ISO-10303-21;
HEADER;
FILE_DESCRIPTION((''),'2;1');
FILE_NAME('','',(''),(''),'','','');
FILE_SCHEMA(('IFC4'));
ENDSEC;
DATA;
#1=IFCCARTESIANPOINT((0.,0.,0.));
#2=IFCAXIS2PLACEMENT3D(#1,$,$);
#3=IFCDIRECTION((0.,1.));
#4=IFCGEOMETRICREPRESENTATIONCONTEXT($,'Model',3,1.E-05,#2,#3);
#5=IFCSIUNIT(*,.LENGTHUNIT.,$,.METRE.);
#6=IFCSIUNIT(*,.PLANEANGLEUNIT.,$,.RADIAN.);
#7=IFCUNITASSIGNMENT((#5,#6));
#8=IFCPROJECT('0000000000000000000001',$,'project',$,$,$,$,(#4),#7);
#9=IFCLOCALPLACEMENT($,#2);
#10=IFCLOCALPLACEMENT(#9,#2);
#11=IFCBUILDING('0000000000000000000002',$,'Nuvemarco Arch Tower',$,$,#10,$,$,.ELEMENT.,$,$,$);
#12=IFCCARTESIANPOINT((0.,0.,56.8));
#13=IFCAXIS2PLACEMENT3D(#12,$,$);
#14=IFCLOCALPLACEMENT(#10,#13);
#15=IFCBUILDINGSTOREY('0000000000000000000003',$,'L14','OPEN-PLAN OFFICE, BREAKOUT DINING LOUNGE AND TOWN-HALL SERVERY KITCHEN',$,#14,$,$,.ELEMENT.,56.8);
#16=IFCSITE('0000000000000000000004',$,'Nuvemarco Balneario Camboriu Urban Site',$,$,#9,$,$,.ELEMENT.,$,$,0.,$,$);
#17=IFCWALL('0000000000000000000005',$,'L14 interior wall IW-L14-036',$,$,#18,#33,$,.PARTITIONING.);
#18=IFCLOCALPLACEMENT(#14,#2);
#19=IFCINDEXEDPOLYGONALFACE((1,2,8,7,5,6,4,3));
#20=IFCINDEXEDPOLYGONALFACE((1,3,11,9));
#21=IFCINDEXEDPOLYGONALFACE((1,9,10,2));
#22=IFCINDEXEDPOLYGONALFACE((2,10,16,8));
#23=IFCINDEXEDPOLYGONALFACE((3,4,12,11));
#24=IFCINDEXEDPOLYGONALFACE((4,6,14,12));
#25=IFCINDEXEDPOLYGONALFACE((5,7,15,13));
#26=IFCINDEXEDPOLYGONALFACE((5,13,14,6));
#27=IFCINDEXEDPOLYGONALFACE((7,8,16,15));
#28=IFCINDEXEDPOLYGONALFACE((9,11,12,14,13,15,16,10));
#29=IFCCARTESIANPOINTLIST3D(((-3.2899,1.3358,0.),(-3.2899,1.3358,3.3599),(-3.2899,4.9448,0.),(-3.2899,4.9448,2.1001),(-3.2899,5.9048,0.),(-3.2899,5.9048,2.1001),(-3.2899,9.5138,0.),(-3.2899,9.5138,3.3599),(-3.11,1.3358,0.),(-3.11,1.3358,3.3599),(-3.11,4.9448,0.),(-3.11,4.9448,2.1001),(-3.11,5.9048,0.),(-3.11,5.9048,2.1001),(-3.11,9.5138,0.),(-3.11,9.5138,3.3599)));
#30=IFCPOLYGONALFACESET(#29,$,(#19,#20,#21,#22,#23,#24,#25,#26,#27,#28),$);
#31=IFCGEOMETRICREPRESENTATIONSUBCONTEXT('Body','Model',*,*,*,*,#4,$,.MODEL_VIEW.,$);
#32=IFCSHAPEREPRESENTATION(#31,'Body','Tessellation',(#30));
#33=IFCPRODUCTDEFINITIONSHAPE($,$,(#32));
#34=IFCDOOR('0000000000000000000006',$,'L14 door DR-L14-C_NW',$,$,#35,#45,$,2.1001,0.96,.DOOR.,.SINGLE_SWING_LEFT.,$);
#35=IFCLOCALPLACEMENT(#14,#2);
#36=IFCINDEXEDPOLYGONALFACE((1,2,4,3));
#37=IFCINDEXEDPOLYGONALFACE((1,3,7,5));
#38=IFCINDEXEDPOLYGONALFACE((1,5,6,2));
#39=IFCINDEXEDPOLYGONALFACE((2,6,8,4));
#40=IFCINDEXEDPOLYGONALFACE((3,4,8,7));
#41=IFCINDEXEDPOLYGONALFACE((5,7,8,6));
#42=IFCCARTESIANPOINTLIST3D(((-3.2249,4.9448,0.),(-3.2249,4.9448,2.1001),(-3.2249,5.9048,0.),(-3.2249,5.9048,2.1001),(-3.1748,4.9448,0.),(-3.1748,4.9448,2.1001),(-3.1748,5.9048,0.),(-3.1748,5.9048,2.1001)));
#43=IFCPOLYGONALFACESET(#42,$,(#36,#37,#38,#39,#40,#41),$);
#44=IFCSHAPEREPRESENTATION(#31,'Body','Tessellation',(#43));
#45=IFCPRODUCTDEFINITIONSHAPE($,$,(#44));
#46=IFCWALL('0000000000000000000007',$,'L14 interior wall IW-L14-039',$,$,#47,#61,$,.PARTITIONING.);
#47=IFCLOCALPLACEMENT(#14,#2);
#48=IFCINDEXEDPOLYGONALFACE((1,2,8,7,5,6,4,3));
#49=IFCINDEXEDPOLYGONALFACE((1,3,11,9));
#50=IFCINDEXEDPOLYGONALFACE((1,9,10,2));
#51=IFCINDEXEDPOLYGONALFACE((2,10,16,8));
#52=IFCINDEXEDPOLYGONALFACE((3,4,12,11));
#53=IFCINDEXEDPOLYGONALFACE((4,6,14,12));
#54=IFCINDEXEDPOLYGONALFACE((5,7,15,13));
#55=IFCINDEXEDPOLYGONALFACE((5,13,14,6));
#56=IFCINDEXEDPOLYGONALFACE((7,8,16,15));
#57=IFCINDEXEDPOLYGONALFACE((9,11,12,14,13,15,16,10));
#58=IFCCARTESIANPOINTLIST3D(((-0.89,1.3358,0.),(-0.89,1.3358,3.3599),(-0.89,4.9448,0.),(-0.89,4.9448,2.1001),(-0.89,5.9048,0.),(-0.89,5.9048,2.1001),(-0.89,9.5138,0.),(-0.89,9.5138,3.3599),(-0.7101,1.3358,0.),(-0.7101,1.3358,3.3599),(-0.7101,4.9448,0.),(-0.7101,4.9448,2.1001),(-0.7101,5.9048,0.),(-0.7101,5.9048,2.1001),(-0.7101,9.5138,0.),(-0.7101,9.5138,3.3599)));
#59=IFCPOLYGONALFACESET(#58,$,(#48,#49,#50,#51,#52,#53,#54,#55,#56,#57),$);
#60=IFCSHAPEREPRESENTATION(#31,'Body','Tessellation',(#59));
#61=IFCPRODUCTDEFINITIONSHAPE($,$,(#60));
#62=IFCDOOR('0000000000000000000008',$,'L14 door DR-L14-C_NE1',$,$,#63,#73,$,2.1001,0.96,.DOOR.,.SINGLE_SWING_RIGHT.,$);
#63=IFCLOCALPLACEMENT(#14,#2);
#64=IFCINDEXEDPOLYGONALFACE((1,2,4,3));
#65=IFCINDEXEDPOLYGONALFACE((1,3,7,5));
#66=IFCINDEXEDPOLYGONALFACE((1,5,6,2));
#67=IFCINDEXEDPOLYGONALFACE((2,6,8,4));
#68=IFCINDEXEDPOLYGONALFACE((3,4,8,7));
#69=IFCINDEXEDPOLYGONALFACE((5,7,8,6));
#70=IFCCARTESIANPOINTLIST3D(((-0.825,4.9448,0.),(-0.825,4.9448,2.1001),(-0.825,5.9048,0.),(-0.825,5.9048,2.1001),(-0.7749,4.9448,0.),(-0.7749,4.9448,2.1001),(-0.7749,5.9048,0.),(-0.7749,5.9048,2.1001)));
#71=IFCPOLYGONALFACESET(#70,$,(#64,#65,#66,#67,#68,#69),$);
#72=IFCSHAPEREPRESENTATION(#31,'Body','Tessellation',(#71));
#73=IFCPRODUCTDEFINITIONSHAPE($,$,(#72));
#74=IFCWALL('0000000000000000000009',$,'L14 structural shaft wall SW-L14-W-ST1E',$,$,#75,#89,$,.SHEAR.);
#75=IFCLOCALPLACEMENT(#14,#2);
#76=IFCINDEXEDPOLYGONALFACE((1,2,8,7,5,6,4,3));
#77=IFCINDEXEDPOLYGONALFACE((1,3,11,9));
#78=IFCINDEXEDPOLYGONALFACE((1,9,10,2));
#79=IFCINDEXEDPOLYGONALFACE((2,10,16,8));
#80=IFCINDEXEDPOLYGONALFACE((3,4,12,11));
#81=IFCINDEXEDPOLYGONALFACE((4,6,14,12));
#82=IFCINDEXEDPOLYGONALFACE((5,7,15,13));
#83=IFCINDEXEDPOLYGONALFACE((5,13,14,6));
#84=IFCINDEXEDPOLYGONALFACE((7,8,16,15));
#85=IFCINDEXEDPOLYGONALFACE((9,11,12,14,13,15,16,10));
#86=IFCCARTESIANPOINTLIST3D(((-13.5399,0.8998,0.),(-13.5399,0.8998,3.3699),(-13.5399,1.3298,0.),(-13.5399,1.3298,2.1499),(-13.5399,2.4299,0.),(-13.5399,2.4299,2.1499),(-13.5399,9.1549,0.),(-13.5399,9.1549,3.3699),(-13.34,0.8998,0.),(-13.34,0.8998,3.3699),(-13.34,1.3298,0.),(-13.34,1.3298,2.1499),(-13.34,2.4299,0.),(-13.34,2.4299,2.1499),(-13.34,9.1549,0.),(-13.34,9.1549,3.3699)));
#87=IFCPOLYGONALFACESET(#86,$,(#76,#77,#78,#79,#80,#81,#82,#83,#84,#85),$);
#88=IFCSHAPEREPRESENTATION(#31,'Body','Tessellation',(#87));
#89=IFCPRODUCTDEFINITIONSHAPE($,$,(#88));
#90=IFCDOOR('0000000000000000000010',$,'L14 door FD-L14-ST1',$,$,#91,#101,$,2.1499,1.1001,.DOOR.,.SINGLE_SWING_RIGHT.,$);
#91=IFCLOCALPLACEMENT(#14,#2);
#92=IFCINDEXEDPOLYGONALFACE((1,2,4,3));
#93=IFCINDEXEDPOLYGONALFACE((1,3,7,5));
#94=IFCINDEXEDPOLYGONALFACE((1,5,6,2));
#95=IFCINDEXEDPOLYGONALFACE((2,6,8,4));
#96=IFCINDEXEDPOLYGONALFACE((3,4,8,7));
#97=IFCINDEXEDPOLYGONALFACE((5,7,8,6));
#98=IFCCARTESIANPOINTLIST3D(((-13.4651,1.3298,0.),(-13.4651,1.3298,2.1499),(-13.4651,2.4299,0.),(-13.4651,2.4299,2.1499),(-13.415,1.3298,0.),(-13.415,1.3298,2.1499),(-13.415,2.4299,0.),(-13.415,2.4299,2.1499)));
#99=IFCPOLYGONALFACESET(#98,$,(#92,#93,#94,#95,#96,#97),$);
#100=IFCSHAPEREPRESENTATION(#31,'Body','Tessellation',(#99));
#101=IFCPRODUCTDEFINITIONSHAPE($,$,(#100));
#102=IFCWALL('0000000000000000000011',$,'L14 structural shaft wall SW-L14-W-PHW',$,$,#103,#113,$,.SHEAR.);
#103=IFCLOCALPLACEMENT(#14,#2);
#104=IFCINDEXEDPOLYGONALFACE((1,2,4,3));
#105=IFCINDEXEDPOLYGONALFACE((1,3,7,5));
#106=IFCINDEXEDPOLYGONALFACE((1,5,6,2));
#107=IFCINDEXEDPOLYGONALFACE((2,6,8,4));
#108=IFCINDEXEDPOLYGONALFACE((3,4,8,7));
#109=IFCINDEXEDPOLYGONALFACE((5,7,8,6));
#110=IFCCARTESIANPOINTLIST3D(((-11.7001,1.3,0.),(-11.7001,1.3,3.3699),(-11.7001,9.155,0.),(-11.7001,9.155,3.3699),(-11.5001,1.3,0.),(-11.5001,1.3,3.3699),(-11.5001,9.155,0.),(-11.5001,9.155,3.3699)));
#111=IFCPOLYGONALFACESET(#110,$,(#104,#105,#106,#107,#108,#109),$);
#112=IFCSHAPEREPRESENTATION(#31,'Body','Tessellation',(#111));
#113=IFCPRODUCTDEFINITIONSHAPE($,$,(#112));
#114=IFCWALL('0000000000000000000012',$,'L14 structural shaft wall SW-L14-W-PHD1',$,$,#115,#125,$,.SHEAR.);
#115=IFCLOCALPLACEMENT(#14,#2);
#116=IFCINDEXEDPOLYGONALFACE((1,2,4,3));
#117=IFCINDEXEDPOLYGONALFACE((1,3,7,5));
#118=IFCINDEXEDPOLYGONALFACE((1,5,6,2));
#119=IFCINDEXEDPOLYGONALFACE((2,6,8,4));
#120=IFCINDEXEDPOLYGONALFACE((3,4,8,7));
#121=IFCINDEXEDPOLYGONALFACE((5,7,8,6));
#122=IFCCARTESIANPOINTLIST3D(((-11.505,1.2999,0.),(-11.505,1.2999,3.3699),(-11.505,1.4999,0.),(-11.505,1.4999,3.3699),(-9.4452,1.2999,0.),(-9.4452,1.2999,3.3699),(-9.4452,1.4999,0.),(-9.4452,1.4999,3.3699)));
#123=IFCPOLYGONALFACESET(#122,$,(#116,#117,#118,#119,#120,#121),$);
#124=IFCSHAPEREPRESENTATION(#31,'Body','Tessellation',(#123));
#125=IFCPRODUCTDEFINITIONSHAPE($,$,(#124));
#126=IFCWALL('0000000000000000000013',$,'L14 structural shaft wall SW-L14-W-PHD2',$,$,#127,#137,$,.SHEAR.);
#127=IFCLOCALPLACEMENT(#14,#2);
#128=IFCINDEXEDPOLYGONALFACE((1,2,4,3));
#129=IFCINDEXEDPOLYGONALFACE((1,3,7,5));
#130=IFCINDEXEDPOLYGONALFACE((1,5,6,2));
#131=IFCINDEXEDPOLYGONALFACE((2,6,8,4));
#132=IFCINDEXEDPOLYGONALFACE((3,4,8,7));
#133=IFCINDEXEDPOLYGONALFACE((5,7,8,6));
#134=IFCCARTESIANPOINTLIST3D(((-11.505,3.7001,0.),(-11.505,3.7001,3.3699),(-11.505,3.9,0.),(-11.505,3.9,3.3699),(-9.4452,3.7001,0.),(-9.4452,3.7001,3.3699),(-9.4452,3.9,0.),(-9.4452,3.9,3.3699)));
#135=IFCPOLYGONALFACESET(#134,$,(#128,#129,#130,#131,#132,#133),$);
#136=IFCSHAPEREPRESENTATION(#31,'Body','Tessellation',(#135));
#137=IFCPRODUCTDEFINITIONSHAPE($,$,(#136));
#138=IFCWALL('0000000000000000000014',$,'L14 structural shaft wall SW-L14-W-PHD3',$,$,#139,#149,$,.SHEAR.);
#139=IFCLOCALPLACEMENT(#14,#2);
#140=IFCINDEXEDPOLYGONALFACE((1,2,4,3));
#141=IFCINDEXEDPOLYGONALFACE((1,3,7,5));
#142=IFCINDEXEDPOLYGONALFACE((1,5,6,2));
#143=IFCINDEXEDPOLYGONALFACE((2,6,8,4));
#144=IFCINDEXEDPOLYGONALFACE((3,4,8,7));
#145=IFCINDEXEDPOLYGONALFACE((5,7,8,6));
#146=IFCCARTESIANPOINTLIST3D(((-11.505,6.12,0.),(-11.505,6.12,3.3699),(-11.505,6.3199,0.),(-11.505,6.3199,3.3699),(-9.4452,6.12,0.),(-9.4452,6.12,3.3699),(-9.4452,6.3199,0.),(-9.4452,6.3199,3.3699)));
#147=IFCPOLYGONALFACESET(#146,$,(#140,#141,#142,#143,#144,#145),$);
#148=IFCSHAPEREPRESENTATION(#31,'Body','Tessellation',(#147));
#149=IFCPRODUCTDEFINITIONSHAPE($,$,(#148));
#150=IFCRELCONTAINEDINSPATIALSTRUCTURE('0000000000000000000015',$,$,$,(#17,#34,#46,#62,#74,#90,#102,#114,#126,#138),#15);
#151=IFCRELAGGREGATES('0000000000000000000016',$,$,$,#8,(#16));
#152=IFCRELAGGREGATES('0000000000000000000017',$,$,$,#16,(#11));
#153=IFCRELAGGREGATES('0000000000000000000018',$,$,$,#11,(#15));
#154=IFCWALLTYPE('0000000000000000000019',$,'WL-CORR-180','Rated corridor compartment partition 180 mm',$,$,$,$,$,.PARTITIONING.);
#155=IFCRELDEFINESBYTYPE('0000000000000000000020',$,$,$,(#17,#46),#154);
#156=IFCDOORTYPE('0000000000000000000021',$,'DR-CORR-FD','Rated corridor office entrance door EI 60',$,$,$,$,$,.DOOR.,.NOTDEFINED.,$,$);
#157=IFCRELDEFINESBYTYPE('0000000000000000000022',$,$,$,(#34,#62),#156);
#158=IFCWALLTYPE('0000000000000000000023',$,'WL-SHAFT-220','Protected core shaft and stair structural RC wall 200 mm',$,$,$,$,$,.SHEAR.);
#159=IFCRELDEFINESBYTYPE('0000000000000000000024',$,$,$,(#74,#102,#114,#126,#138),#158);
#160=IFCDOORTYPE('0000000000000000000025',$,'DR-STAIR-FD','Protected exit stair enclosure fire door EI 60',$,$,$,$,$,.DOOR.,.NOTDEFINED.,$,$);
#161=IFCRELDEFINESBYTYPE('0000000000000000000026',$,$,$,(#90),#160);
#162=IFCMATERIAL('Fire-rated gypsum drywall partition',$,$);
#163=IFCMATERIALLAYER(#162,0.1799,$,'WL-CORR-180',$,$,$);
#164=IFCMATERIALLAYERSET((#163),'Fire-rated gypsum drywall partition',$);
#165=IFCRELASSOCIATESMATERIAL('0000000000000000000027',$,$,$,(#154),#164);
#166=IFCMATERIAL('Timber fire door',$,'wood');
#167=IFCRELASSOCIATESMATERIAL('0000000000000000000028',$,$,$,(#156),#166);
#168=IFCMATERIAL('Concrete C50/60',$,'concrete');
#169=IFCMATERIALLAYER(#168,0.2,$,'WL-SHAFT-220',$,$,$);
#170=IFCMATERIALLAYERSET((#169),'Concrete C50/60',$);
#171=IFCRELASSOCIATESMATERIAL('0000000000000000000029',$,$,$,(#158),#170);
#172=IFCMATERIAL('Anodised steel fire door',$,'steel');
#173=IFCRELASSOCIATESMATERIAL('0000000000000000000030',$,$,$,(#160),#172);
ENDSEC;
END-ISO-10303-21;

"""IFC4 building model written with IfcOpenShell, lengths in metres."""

from ifc_helpers import new_model, si_unit, direction, frame, frame_2d, origin, place, context, subcontext, project, spatial, rectangle, extrude, source, transform, mapped, material, layer, layer_set, type_object, type_shapes, element, fill, save


model = new_model("IFC4")

# Units and contexts
model_context = context("Model", 3, precision=1e-05, world=origin(), true_north=direction((0.0, 1.0)))
body_context = subcontext(model_context, "Body", "Model", "MODEL_VIEW")
ifc_project = project(units=[si_unit("LENGTHUNIT", "METRE"), si_unit("PLANEANGLEUNIT", "RADIAN")], contexts=[model_context])

# Site, building, storey
site_placement = place(None, origin())
site = spatial("IfcSite", under=ifc_project, at=site_placement, Name="Nuvemarco Balneario Camboriu Urban Site", CompositionType="ELEMENT", RefElevation=0.0)
building_placement = place(site_placement, origin())
building = spatial("IfcBuilding", under=site, at=building_placement, Name="Nuvemarco Arch Tower", CompositionType="ELEMENT")
storey_placement = place(building_placement, frame((0.0, 0.0, 56.8)))
storey = spatial("IfcBuildingStorey", under=building, at=storey_placement, Name="L14", Description="OPEN-PLAN OFFICE, BREAKOUT DINING LOUNGE AND TOWN-HALL SERVERY KITCHEN", CompositionType="ELEMENT", Elevation=56.8)

# Shared definitions
ifc_material_1 = material(Name="Fire-rated gypsum drywall partition")
ifc_layer_1 = layer(ifc_material_1, 0.1799, Name="WL-CORR-180")
ifc_layer_set_1 = layer_set([ifc_layer_1], Name="Fire-rated gypsum drywall partition")
wall_type_1 = type_object("IfcWallType", Name="WL-CORR-180", Description="Rated corridor compartment partition 180 mm", PredefinedType="PARTITIONING", material=ifc_layer_set_1)

# Walls, openings, doors
ifc_material_2 = material(Name="Timber fire door", Category="wood")
door_type_1 = type_object("IfcDoorType", Name="DR-CORR-FD", Description="Rated corridor office entrance door EI 60", OperationType="NOTDEFINED", PredefinedType="DOOR", material=ifc_material_2)
shared_shape_1 = source(origin(), body_context, "Body", "SweptSolid", [
    extrude(rectangle(XDim=0.96, YDim=2.1001, at=frame_2d((0.48, 1.05))), frame((0.0, 0.0249, 0.0), z_axis=(0.0, -1.0, 0.0), x_axis=(1.0, 0.0, 0.0)), (0.0, 0.0, 1.0), 0.05),
])
type_shapes(door_type_1, [shared_shape_1])
wall_1_placement = place(storey_placement, frame((-3.2, 1.3359, 0.0), z_axis=(0.0, 0.0, 1.0), x_axis=(0.0, 1.0, 0.0)))
wall_1 = element("IfcWall", 1, at=wall_1_placement, inside=storey, type_object=wall_type_1, Name="L14 interior wall IW-L14-036", PredefinedType="PARTITIONING", context=body_context, shape_type="SweptSolid", body=[
    extrude(rectangle(XDim=8.178, YDim=0.1799, at=frame_2d((4.0889, 0.0))), origin(), (0.0, 0.0, 1.0), 3.3599),
])
opening_1_placement = place(wall_1_placement, frame((3.6089, 0.0, 0.0)))
opening_1 = element("IfcOpeningElement", 2, at=opening_1_placement, cuts=wall_1, PredefinedType="OPENING", context=body_context, shape_type="SweptSolid", body=[
    extrude(rectangle(XDim=0.96, YDim=2.1001, at=frame_2d((0.48, 1.05))), frame((0.0, 0.0999, 0.0), z_axis=(0.0, -1.0, 0.0), x_axis=(1.0, 0.0, 0.0)), (0.0, 0.0, 1.0), 0.2),
])
door_1_placement = place(opening_1_placement, origin())
door_1 = element("IfcDoor", 3, at=door_1_placement, inside=storey, type_object=door_type_1, Name="L14 door DR-L14-C_NW", OperationType="SINGLE_SWING_LEFT", OverallHeight=2.1001, OverallWidth=0.96, PredefinedType="DOOR", context=body_context, shape_type="MappedRepresentation", body=[
    mapped(shared_shape_1, transform((0.0, 0.0, 0.0), scale=1.0)),
])
fill(opening_1, door_1)
wall_2_placement = place(storey_placement, frame((-0.8, 1.3359, 0.0), z_axis=(0.0, 0.0, 1.0), x_axis=(0.0, 1.0, 0.0)))
wall_2 = element("IfcWall", 4, at=wall_2_placement, inside=storey, type_object=wall_type_1, Name="L14 interior wall IW-L14-039", PredefinedType="PARTITIONING", context=body_context, shape_type="SweptSolid", body=[
    extrude(rectangle(XDim=8.178, YDim=0.1799, at=frame_2d((4.0889, 0.0))), origin(), (0.0, 0.0, 1.0), 3.3599),
])
opening_2_placement = place(wall_2_placement, frame((3.6089, 0.0, 0.0)))
opening_2 = element("IfcOpeningElement", 5, at=opening_2_placement, cuts=wall_2, PredefinedType="OPENING", context=body_context, shape_type="SweptSolid", body=[
    extrude(rectangle(XDim=0.96, YDim=2.1001, at=frame_2d((0.48, 1.05))), frame((0.0, 0.0999, 0.0), z_axis=(0.0, -1.0, 0.0), x_axis=(1.0, 0.0, 0.0)), (0.0, 0.0, 1.0), 0.2),
])
door_2_placement = place(opening_2_placement, origin())
door_2 = element("IfcDoor", 6, at=door_2_placement, inside=storey, type_object=door_type_1, Name="L14 door DR-L14-C_NE1", OperationType="SINGLE_SWING_RIGHT", OverallHeight=2.1001, OverallWidth=0.96, PredefinedType="DOOR", context=body_context, shape_type="MappedRepresentation", body=[
    mapped(shared_shape_1, transform((0.0, 0.0, 0.0), scale=1.0)),
])
fill(opening_2, door_2)
ifc_material_3 = material(Name="Concrete C50/60", Category="concrete")
ifc_layer_2 = layer(ifc_material_3, 0.2, Name="WL-SHAFT-220")
ifc_layer_set_2 = layer_set([ifc_layer_2], Name="Concrete C50/60")
wall_type_2 = type_object("IfcWallType", Name="WL-SHAFT-220", Description="Protected core shaft and stair structural RC wall 200 mm", PredefinedType="SHEAR", material=ifc_layer_set_2)
wall_3_placement = place(storey_placement, frame((-13.4399, 0.8999, 0.0), z_axis=(0.0, 0.0, 1.0), x_axis=(0.0, 1.0, 0.0)))
wall_3 = element("IfcWall", 7, at=wall_3_placement, inside=storey, type_object=wall_type_2, Name="L14 structural shaft wall SW-L14-W-ST1E", PredefinedType="SHEAR", context=body_context, shape_type="SweptSolid", body=[
    extrude(rectangle(XDim=8.2551, YDim=0.2, at=frame_2d((4.1274, 0.0))), origin(), (0.0, 0.0, 1.0), 3.3699),
])
opening_3_placement = place(wall_3_placement, frame((1.53, 0.0, 0.0), z_axis=(0.0, 0.0, 1.0), x_axis=(-1.0, 0.0, 0.0)))
opening_3 = element("IfcOpeningElement", 8, at=opening_3_placement, cuts=wall_3, PredefinedType="OPENING", context=body_context, shape_type="SweptSolid", body=[
    extrude(rectangle(XDim=1.1001, YDim=2.1499, at=frame_2d((0.55, 1.075))), frame((0.0, 0.1099, 0.0), z_axis=(0.0, -1.0, 0.0), x_axis=(1.0, 0.0, 0.0)), (0.0, 0.0, 1.0), 0.22),
])
ifc_material_4 = material(Name="Anodised steel fire door", Category="steel")
door_type_2 = type_object("IfcDoorType", Name="DR-STAIR-FD", Description="Protected exit stair enclosure fire door EI 60", OperationType="NOTDEFINED", PredefinedType="DOOR", material=ifc_material_4)
shared_shape_2 = source(origin(), body_context, "Body", "SweptSolid", [
    extrude(rectangle(XDim=1.1001, YDim=2.1499, at=frame_2d((0.55, 1.075))), frame((0.0, 0.0249, 0.0), z_axis=(0.0, -1.0, 0.0), x_axis=(1.0, 0.0, 0.0)), (0.0, 0.0, 1.0), 0.05),
])
type_shapes(door_type_2, [shared_shape_2])
door_3_placement = place(opening_3_placement, origin())
door_3 = element("IfcDoor", 9, at=door_3_placement, inside=storey, type_object=door_type_2, Name="L14 door FD-L14-ST1", OperationType="SINGLE_SWING_RIGHT", OverallHeight=2.1499, OverallWidth=1.1001, PredefinedType="DOOR", context=body_context, shape_type="MappedRepresentation", body=[
    mapped(shared_shape_2, transform((0.0, 0.0, 0.0), scale=1.0)),
])
fill(opening_3, door_3)

# Walls
wall_4_placement = place(storey_placement, frame((-11.6001, 1.3, 0.0), z_axis=(0.0, 0.0, 1.0), x_axis=(0.0, 1.0, 0.0)))
element("IfcWall", 10, at=wall_4_placement, inside=storey, type_object=wall_type_2, Name="L14 structural shaft wall SW-L14-W-PHW", PredefinedType="SHEAR", context=body_context, shape_type="SweptSolid", body=[
    extrude(rectangle(XDim=7.855, YDim=0.2, at=frame_2d((3.9275, 0.0))), origin(), (0.0, 0.0, 1.0), 3.3699),
])
for number, where, z_axis, x_axis, name in (
    (11, (-11.5049, 1.3999, 0.0), (0.0, 0.0, 1.0), (1.0, 0.0, 0.0), "L14 structural shaft wall SW-L14-W-PHD1"),
    (12, (-11.5049, 3.8, 0.0), (0.0, 0.0, 1.0), (1.0, 0.0, 0.0), "L14 structural shaft wall SW-L14-W-PHD2"),
    (13, (-11.5049, 6.22, 0.0), (0.0, 0.0, 1.0), (1.0, 0.0, 0.0), "L14 structural shaft wall SW-L14-W-PHD3"),
):
    element("IfcWall", number, at=place(storey_placement, frame(where, z_axis=z_axis, x_axis=x_axis)), inside=storey, type_object=wall_type_2, Name=name, PredefinedType="SHEAR", context=body_context, shape_type="SweptSolid", body=[
        extrude(rectangle(XDim=2.0598, YDim=0.2, at=frame_2d((1.0298, 0.0))), origin(), (0.0, 0.0, 1.0), 3.3699),
    ])

save(model, "model.ifc")
